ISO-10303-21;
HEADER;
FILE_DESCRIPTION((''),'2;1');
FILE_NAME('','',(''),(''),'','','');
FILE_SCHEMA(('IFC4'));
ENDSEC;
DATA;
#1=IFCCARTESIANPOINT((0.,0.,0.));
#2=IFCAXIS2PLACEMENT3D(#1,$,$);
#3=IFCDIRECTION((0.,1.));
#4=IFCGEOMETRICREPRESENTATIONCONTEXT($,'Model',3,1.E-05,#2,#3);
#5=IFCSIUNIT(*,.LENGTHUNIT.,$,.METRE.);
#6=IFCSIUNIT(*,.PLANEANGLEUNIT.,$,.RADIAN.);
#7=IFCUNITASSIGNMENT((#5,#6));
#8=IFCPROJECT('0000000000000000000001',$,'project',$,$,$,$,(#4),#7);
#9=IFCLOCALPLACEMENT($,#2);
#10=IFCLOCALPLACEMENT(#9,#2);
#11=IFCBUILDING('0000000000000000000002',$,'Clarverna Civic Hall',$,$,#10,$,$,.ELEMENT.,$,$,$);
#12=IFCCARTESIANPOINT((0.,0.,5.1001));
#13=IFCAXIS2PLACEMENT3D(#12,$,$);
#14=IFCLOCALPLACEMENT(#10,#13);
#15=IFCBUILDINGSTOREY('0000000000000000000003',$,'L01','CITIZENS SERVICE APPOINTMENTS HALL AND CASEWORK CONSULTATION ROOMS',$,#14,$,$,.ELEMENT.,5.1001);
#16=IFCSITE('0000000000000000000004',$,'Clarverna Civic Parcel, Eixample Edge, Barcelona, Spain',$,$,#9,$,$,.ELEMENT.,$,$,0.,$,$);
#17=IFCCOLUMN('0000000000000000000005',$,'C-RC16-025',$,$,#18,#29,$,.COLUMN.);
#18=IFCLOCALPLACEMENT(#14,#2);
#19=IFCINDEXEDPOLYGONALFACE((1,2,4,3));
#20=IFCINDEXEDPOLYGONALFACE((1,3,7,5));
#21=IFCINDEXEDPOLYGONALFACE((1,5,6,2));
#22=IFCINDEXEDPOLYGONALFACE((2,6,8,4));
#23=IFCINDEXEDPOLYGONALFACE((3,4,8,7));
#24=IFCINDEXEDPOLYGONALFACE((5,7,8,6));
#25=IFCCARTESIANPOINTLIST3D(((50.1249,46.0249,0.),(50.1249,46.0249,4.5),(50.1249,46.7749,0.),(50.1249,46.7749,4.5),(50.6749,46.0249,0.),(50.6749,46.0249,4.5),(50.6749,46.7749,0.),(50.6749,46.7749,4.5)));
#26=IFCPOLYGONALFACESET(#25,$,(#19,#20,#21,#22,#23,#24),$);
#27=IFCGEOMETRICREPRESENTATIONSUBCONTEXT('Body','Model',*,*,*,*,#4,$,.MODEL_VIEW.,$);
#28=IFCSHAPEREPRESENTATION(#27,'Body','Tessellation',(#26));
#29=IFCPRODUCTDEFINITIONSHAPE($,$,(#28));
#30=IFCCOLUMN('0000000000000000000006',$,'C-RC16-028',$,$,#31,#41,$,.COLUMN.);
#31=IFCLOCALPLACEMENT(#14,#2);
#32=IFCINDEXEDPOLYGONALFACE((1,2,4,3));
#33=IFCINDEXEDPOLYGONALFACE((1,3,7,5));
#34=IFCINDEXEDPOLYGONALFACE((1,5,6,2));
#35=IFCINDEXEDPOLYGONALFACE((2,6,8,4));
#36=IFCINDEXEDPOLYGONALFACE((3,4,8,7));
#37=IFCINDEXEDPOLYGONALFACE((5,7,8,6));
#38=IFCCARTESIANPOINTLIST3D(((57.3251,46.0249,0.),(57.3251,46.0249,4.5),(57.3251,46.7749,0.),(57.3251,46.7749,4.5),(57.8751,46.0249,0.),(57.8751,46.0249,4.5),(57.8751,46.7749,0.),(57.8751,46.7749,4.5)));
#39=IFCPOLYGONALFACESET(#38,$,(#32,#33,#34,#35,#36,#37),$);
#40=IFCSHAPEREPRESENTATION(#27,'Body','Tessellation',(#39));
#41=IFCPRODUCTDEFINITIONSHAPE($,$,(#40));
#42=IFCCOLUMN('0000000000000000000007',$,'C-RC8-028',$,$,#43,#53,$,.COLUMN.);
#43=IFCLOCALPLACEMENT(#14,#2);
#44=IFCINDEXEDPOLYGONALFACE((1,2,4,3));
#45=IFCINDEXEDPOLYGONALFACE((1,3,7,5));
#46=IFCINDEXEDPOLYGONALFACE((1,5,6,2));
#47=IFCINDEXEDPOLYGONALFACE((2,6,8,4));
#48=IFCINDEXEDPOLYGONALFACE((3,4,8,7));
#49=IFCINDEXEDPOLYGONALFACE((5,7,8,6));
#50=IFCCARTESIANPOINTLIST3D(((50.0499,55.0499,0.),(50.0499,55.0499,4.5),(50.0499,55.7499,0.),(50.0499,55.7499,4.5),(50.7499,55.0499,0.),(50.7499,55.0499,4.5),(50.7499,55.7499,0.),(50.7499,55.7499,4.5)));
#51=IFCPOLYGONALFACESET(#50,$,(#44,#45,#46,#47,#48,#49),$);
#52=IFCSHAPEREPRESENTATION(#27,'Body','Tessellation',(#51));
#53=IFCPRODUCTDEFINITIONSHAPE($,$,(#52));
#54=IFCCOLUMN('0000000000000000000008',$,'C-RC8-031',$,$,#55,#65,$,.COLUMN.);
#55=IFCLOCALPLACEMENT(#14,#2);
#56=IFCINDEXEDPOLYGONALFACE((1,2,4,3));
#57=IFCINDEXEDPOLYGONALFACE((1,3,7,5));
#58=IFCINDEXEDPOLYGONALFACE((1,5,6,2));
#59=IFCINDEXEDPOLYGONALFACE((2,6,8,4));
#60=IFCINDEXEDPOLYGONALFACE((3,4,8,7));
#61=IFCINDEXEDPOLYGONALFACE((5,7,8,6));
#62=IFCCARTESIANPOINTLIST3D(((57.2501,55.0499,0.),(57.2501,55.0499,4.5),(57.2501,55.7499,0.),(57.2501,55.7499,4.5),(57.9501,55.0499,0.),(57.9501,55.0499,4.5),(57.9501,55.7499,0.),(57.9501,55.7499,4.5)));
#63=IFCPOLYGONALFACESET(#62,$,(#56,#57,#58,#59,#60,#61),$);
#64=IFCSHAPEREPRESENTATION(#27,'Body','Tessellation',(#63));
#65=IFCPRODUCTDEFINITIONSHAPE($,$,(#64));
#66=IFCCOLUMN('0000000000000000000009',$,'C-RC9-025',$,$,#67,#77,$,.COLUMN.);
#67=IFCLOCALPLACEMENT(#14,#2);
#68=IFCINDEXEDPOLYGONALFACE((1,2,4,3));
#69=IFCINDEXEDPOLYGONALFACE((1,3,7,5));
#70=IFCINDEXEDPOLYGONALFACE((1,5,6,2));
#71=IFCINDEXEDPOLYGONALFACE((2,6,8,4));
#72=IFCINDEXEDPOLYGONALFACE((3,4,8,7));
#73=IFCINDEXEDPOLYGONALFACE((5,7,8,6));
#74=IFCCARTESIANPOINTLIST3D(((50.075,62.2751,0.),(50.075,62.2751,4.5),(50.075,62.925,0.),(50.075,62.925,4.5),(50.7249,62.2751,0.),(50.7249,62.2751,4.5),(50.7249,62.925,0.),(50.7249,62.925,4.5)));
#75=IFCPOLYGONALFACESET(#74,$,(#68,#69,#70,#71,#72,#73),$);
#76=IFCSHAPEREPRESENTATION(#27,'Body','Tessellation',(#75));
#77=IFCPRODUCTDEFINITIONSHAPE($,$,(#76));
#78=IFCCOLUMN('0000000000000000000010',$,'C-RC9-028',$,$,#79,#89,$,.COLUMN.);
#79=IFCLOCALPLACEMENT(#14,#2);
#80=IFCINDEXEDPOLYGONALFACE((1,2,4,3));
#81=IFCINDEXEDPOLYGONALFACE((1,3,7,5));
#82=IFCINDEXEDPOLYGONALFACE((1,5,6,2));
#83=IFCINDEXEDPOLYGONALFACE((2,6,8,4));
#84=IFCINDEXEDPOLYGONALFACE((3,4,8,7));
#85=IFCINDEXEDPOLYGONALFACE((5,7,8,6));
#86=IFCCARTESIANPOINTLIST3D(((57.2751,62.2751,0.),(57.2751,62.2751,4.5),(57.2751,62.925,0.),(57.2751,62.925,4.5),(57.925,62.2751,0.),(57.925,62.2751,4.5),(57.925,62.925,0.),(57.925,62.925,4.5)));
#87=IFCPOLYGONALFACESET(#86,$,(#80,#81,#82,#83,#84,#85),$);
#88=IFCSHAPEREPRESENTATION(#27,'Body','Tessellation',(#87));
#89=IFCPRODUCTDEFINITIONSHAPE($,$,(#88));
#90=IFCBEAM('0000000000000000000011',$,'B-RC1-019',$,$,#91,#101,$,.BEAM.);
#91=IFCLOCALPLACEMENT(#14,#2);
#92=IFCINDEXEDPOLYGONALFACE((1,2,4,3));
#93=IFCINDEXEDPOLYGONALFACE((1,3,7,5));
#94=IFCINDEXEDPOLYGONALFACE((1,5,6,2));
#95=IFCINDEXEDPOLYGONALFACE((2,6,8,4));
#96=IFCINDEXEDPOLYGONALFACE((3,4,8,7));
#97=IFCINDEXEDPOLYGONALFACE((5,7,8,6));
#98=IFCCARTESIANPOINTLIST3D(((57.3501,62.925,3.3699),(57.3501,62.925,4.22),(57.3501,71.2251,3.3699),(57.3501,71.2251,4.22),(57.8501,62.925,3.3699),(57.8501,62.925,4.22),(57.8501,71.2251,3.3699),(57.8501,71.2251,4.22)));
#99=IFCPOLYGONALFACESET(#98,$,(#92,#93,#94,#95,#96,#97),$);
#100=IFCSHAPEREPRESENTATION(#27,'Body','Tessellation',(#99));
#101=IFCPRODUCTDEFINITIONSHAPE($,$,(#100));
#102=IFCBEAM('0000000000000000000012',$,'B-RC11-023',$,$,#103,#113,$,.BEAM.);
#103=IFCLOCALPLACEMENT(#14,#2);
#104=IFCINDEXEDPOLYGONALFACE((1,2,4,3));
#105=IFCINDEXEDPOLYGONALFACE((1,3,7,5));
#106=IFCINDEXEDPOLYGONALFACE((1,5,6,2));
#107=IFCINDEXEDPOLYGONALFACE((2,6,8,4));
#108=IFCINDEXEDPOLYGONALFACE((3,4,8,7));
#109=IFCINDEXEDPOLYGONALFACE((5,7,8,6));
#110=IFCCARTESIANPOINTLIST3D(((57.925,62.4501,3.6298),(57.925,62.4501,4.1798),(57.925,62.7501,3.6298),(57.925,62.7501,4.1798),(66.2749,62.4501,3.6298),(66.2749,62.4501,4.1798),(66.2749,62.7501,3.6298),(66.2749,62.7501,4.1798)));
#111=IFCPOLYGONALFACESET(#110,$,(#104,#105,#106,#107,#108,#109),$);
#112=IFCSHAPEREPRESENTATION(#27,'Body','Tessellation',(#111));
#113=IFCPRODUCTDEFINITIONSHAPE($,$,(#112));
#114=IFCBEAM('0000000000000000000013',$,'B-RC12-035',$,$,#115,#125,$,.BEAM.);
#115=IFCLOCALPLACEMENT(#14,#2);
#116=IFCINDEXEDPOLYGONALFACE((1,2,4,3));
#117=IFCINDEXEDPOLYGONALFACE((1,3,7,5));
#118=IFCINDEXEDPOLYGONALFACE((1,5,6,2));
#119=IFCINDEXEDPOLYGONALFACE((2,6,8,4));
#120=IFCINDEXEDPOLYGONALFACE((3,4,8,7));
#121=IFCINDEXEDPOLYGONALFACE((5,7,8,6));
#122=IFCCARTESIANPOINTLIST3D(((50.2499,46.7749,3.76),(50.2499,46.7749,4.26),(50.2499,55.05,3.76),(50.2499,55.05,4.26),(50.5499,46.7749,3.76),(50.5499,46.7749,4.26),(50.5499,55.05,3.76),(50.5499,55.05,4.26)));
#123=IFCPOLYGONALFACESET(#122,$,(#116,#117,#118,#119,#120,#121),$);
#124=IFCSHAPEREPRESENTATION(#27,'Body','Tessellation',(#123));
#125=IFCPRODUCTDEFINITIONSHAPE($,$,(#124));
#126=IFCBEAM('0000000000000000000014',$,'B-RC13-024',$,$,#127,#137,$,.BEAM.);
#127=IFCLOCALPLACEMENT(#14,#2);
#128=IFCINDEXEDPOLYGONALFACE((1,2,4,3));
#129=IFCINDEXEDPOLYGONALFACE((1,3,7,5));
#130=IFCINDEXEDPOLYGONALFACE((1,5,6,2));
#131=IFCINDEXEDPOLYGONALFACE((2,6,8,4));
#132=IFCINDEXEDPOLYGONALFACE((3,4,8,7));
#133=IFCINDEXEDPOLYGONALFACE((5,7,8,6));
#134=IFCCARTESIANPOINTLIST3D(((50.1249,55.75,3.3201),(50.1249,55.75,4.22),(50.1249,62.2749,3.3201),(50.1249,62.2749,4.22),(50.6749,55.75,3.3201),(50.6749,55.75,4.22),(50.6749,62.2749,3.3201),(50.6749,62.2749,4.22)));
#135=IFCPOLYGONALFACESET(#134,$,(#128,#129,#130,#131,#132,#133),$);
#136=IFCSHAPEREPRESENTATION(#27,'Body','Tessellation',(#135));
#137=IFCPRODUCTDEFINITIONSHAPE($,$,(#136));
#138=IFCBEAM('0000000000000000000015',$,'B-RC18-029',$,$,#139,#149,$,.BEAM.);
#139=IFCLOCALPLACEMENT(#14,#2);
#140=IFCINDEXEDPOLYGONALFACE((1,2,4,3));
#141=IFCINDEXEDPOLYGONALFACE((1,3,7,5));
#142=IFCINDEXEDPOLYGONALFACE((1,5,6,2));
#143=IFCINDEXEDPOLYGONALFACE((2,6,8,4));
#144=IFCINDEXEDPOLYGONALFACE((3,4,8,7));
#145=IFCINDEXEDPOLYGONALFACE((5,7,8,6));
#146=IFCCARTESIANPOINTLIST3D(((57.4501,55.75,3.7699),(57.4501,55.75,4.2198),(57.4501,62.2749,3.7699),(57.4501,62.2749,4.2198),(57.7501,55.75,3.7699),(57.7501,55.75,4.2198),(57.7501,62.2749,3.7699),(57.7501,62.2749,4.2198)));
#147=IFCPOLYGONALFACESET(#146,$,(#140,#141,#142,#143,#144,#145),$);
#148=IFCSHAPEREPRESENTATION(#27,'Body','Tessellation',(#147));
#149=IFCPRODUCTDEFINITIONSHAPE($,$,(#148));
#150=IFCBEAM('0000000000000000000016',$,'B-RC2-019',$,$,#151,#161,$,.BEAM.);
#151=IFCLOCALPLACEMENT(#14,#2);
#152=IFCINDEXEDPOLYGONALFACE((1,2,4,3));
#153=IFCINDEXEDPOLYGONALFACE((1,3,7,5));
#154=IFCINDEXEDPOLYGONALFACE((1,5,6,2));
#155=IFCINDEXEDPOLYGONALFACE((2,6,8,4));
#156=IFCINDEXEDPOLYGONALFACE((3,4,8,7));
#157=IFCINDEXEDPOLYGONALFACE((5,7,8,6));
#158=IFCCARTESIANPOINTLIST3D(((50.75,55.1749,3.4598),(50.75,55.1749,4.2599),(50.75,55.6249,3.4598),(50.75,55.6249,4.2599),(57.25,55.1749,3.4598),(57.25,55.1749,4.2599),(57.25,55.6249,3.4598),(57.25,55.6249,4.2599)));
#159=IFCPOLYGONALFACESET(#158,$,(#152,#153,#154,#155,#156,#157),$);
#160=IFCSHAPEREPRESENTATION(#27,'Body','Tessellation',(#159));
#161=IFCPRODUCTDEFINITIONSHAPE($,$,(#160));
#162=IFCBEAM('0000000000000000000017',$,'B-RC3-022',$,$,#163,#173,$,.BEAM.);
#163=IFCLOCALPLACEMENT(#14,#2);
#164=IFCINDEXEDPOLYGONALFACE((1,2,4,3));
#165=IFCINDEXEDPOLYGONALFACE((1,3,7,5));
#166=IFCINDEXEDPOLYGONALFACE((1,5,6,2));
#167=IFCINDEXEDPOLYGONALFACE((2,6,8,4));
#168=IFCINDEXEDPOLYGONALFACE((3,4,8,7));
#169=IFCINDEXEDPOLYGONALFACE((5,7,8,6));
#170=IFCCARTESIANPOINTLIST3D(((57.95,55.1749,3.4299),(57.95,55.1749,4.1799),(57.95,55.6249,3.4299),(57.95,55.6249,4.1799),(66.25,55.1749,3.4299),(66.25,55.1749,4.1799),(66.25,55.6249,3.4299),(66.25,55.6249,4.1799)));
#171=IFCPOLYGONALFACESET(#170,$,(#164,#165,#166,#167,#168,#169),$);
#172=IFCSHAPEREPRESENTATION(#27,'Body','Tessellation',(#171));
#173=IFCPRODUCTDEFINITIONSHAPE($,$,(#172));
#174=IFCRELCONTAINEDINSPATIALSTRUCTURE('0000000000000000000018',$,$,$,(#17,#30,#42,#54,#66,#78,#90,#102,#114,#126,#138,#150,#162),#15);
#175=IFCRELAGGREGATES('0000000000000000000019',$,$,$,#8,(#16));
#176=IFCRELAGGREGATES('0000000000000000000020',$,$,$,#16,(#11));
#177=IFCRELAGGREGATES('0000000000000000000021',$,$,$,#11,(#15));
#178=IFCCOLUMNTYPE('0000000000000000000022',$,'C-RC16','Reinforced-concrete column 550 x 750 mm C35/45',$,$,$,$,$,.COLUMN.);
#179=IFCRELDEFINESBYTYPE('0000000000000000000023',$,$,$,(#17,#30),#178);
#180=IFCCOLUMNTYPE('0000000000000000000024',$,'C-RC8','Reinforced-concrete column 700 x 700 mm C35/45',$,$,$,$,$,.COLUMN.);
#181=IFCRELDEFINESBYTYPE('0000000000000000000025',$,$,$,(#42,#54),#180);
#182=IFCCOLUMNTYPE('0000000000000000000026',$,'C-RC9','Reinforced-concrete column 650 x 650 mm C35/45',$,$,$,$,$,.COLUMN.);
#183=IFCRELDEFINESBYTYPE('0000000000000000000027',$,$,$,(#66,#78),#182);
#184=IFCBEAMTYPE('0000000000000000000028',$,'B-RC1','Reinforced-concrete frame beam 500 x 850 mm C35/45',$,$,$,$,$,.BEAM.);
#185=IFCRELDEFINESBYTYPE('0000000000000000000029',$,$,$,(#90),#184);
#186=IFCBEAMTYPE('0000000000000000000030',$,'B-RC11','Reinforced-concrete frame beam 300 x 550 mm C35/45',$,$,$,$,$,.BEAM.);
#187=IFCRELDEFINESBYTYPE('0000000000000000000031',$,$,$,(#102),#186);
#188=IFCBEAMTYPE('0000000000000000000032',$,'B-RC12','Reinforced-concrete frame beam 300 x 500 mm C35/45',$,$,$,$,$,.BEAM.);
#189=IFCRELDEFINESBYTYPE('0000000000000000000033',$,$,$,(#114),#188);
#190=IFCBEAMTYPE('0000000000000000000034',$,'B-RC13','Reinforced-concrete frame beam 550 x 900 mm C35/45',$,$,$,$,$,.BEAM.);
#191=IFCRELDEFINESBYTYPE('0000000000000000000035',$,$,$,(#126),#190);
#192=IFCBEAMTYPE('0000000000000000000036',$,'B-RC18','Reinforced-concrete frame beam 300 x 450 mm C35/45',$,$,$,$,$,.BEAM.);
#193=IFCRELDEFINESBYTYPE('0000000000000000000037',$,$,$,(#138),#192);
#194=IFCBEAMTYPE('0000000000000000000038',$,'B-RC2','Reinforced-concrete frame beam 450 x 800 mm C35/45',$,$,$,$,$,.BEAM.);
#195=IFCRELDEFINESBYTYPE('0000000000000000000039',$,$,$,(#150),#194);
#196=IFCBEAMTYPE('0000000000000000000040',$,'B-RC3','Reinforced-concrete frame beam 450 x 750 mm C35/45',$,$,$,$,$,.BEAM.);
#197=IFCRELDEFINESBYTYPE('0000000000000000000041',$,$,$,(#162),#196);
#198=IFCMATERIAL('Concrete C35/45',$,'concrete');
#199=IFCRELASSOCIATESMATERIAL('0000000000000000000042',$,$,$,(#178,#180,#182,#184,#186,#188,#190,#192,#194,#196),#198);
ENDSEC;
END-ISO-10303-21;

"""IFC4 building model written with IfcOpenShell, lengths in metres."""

from ifc_helpers import new_model, si_unit, direction, frame, origin, origin_2d, place, context, subcontext, project, spatial, rectangle, extrude, material, material_profile, profile_set, type_object, element, save


model = new_model("IFC4")

# Units and contexts
model_context = context("Model", 3, precision=1e-05, world=origin(), true_north=direction((0.0, 1.0)))
body_context = subcontext(model_context, "Body", "Model", "MODEL_VIEW")
ifc_project = project(units=[si_unit("LENGTHUNIT", "METRE"), si_unit("PLANEANGLEUNIT", "RADIAN")], contexts=[model_context])

# Site, building, storey
site_placement = place(None, origin())
site = spatial("IfcSite", under=ifc_project, at=site_placement, Name="Clarverna Civic Parcel, Eixample Edge, Barcelona, Spain", CompositionType="ELEMENT", RefElevation=0.0)
building_placement = place(site_placement, origin())
building = spatial("IfcBuilding", under=site, at=building_placement, Name="Clarverna Civic Hall", CompositionType="ELEMENT")
storey_placement = place(building_placement, frame((0.0, 0.0, 5.1001)))
storey = spatial("IfcBuildingStorey", under=building, at=storey_placement, Name="L01", Description="CITIZENS SERVICE APPOINTMENTS HALL AND CASEWORK CONSULTATION ROOMS", CompositionType="ELEMENT", Elevation=5.1001)

# Columns
ifc_material_1 = material(Name="Concrete C35/45", Category="concrete")
ifc_material_profile_1 = material_profile(ifc_material_1, rectangle(XDim=0.55, YDim=0.75, at=origin_2d()), Name="RC 550x750")
ifc_profile_set_1 = profile_set([ifc_material_profile_1], Name="Concrete C35/45")
column_type_1 = type_object("IfcColumnType", Name="C-RC16", Description="Reinforced-concrete column 550 x 750 mm C35/45", PredefinedType="COLUMN", material=ifc_profile_set_1)
for number, where, z_axis, x_axis, name in (
    (1, (50.3999, 46.3999, 0.0), (0.0, 0.0, 1.0), (1.0, 0.0, 0.0), "C-RC16-025"),
    (2, (57.6001, 46.3999, 0.0), (0.0, 0.0, 1.0), (1.0, 0.0, 0.0), "C-RC16-028"),
):
    element("IfcColumn", number, at=place(storey_placement, frame(where, z_axis=z_axis, x_axis=x_axis)), inside=storey, type_object=column_type_1, Name=name, PredefinedType="COLUMN", context=body_context, shape_type="SweptSolid", body=[
        extrude(rectangle(XDim=0.55, YDim=0.75, at=origin_2d()), origin(), (0.0, 0.0, 1.0), 4.5),
    ])
ifc_material_profile_2 = material_profile(ifc_material_1, rectangle(XDim=0.7, YDim=0.7, at=origin_2d()), Name="RC 700x700")
ifc_profile_set_2 = profile_set([ifc_material_profile_2], Name="Concrete C35/45")
column_type_2 = type_object("IfcColumnType", Name="C-RC8", Description="Reinforced-concrete column 700 x 700 mm C35/45", PredefinedType="COLUMN", material=ifc_profile_set_2)
for number, where, z_axis, x_axis, name in (
    (3, (50.3999, 55.3999, 0.0), (0.0, 0.0, 1.0), (1.0, 0.0, 0.0), "C-RC8-028"),
    (4, (57.6001, 55.3999, 0.0), (0.0, 0.0, 1.0), (1.0, 0.0, 0.0), "C-RC8-031"),
):
    element("IfcColumn", number, at=place(storey_placement, frame(where, z_axis=z_axis, x_axis=x_axis)), inside=storey, type_object=column_type_2, Name=name, PredefinedType="COLUMN", context=body_context, shape_type="SweptSolid", body=[
        extrude(rectangle(XDim=0.7, YDim=0.7, at=origin_2d()), origin(), (0.0, 0.0, 1.0), 4.5),
    ])
ifc_material_profile_3 = material_profile(ifc_material_1, rectangle(XDim=0.6499, YDim=0.6499, at=origin_2d()), Name="RC 650x650")
ifc_profile_set_3 = profile_set([ifc_material_profile_3], Name="Concrete C35/45")
column_type_3 = type_object("IfcColumnType", Name="C-RC9", Description="Reinforced-concrete column 650 x 650 mm C35/45", PredefinedType="COLUMN", material=ifc_profile_set_3)
for number, where, z_axis, x_axis, name in (
    (5, (50.3999, 62.6001, 0.0), (0.0, 0.0, 1.0), (1.0, 0.0, 0.0), "C-RC9-025"),
    (6, (57.6001, 62.6001, 0.0), (0.0, 0.0, 1.0), (1.0, 0.0, 0.0), "C-RC9-028"),
):
    element("IfcColumn", number, at=place(storey_placement, frame(where, z_axis=z_axis, x_axis=x_axis)), inside=storey, type_object=column_type_3, Name=name, PredefinedType="COLUMN", context=body_context, shape_type="SweptSolid", body=[
        extrude(rectangle(XDim=0.6499, YDim=0.6499, at=origin_2d()), origin(), (0.0, 0.0, 1.0), 4.5),
    ])

# Beams
ifc_material_profile_4 = material_profile(ifc_material_1, rectangle(XDim=0.5, YDim=0.8501, at=origin_2d()), Name="RC 500x850")
ifc_profile_set_4 = profile_set([ifc_material_profile_4], Name="Concrete C35/45")
beam_type_1 = type_object("IfcBeamType", Name="B-RC1", Description="Reinforced-concrete frame beam 500 x 850 mm C35/45", PredefinedType="BEAM", material=ifc_profile_set_4)
beam_1_placement = place(storey_placement, frame((57.6001, 62.925, 3.7949), z_axis=(0.0, 1.0, 0.0), x_axis=(-1.0, 0.0, 0.0)))
element("IfcBeam", 7, at=beam_1_placement, inside=storey, type_object=beam_type_1, Name="B-RC1-019", PredefinedType="BEAM", context=body_context, shape_type="SweptSolid", body=[
    extrude(rectangle(XDim=0.5, YDim=0.8501, at=origin_2d()), origin(), (0.0, 0.0, 1.0), 8.3),
])
ifc_material_profile_5 = material_profile(ifc_material_1, rectangle(XDim=0.3, YDim=0.55, at=origin_2d()), Name="RC 300x550")
ifc_profile_set_5 = profile_set([ifc_material_profile_5], Name="Concrete C35/45")
beam_type_2 = type_object("IfcBeamType", Name="B-RC11", Description="Reinforced-concrete frame beam 300 x 550 mm C35/45", PredefinedType="BEAM", material=ifc_profile_set_5)
beam_2_placement = place(storey_placement, frame((57.925, 62.6001, 3.9048), z_axis=(1.0, 0.0, 0.0), x_axis=(0.0, 1.0, 0.0)))
element("IfcBeam", 8, at=beam_2_placement, inside=storey, type_object=beam_type_2, Name="B-RC11-023", PredefinedType="BEAM", context=body_context, shape_type="SweptSolid", body=[
    extrude(rectangle(XDim=0.3, YDim=0.55, at=origin_2d()), origin(), (0.0, 0.0, 1.0), 8.3499),
])
ifc_material_profile_6 = material_profile(ifc_material_1, rectangle(XDim=0.3, YDim=0.5, at=origin_2d()), Name="RC 300x500")
ifc_profile_set_6 = profile_set([ifc_material_profile_6], Name="Concrete C35/45")
beam_type_3 = type_object("IfcBeamType", Name="B-RC12", Description="Reinforced-concrete frame beam 300 x 500 mm C35/45", PredefinedType="BEAM", material=ifc_profile_set_6)
beam_3_placement = place(storey_placement, frame((50.3999, 46.7749, 4.01), z_axis=(0.0, 1.0, 0.0), x_axis=(-1.0, 0.0, 0.0)))
element("IfcBeam", 9, at=beam_3_placement, inside=storey, type_object=beam_type_3, Name="B-RC12-035", PredefinedType="BEAM", context=body_context, shape_type="SweptSolid", body=[
    extrude(rectangle(XDim=0.3, YDim=0.5, at=origin_2d()), origin(), (0.0, 0.0, 1.0), 8.2751),
])
ifc_material_profile_7 = material_profile(ifc_material_1, rectangle(XDim=0.55, YDim=0.8999, at=origin_2d()), Name="RC 550x900")
ifc_profile_set_7 = profile_set([ifc_material_profile_7], Name="Concrete C35/45")
beam_type_4 = type_object("IfcBeamType", Name="B-RC13", Description="Reinforced-concrete frame beam 550 x 900 mm C35/45", PredefinedType="BEAM", material=ifc_profile_set_7)
beam_4_placement = place(storey_placement, frame((50.3999, 55.75, 3.77), z_axis=(0.0, 1.0, 0.0), x_axis=(-1.0, 0.0, 0.0)))
element("IfcBeam", 10, at=beam_4_placement, inside=storey, type_object=beam_type_4, Name="B-RC13-024", PredefinedType="BEAM", context=body_context, shape_type="SweptSolid", body=[
    extrude(rectangle(XDim=0.55, YDim=0.8999, at=origin_2d()), origin(), (0.0, 0.0, 1.0), 6.5249),
])
ifc_material_profile_8 = material_profile(ifc_material_1, rectangle(XDim=0.3, YDim=0.45, at=origin_2d()), Name="RC 300x450")
ifc_profile_set_8 = profile_set([ifc_material_profile_8], Name="Concrete C35/45")
beam_type_5 = type_object("IfcBeamType", Name="B-RC18", Description="Reinforced-concrete frame beam 300 x 450 mm C35/45", PredefinedType="BEAM", material=ifc_profile_set_8)
beam_5_placement = place(storey_placement, frame((57.6001, 55.75, 3.9949), z_axis=(0.0, 1.0, 0.0), x_axis=(-1.0, 0.0, 0.0)))
element("IfcBeam", 11, at=beam_5_placement, inside=storey, type_object=beam_type_5, Name="B-RC18-029", PredefinedType="BEAM", context=body_context, shape_type="SweptSolid", body=[
    extrude(rectangle(XDim=0.3, YDim=0.45, at=origin_2d()), origin(), (0.0, 0.0, 1.0), 6.5249),
])
ifc_material_profile_9 = material_profile(ifc_material_1, rectangle(XDim=0.45, YDim=0.8, at=origin_2d()), Name="RC 450x800")
ifc_profile_set_9 = profile_set([ifc_material_profile_9], Name="Concrete C35/45")
beam_type_6 = type_object("IfcBeamType", Name="B-RC2", Description="Reinforced-concrete frame beam 450 x 800 mm C35/45", PredefinedType="BEAM", material=ifc_profile_set_9)
beam_6_placement = place(storey_placement, frame((50.75, 55.3999, 3.8599), z_axis=(1.0, 0.0, 0.0), x_axis=(0.0, 1.0, 0.0)))
element("IfcBeam", 12, at=beam_6_placement, inside=storey, type_object=beam_type_6, Name="B-RC2-019", PredefinedType="BEAM", context=body_context, shape_type="SweptSolid", body=[
    extrude(rectangle(XDim=0.45, YDim=0.8, at=origin_2d()), origin(), (0.0, 0.0, 1.0), 6.5),
])
ifc_material_profile_10 = material_profile(ifc_material_1, rectangle(XDim=0.45, YDim=0.75, at=origin_2d()), Name="RC 450x750")
ifc_profile_set_10 = profile_set([ifc_material_profile_10], Name="Concrete C35/45")
beam_type_7 = type_object("IfcBeamType", Name="B-RC3", Description="Reinforced-concrete frame beam 450 x 750 mm C35/45", PredefinedType="BEAM", material=ifc_profile_set_10)
beam_7_placement = place(storey_placement, frame((57.95, 55.3999, 3.8049), z_axis=(1.0, 0.0, 0.0), x_axis=(0.0, 1.0, 0.0)))
element("IfcBeam", 13, at=beam_7_placement, inside=storey, type_object=beam_type_7, Name="B-RC3-022", PredefinedType="BEAM", context=body_context, shape_type="SweptSolid", body=[
    extrude(rectangle(XDim=0.45, YDim=0.75, at=origin_2d()), origin(), (0.0, 0.0, 1.0), 8.3),
])

save(model, "model.ifc")
